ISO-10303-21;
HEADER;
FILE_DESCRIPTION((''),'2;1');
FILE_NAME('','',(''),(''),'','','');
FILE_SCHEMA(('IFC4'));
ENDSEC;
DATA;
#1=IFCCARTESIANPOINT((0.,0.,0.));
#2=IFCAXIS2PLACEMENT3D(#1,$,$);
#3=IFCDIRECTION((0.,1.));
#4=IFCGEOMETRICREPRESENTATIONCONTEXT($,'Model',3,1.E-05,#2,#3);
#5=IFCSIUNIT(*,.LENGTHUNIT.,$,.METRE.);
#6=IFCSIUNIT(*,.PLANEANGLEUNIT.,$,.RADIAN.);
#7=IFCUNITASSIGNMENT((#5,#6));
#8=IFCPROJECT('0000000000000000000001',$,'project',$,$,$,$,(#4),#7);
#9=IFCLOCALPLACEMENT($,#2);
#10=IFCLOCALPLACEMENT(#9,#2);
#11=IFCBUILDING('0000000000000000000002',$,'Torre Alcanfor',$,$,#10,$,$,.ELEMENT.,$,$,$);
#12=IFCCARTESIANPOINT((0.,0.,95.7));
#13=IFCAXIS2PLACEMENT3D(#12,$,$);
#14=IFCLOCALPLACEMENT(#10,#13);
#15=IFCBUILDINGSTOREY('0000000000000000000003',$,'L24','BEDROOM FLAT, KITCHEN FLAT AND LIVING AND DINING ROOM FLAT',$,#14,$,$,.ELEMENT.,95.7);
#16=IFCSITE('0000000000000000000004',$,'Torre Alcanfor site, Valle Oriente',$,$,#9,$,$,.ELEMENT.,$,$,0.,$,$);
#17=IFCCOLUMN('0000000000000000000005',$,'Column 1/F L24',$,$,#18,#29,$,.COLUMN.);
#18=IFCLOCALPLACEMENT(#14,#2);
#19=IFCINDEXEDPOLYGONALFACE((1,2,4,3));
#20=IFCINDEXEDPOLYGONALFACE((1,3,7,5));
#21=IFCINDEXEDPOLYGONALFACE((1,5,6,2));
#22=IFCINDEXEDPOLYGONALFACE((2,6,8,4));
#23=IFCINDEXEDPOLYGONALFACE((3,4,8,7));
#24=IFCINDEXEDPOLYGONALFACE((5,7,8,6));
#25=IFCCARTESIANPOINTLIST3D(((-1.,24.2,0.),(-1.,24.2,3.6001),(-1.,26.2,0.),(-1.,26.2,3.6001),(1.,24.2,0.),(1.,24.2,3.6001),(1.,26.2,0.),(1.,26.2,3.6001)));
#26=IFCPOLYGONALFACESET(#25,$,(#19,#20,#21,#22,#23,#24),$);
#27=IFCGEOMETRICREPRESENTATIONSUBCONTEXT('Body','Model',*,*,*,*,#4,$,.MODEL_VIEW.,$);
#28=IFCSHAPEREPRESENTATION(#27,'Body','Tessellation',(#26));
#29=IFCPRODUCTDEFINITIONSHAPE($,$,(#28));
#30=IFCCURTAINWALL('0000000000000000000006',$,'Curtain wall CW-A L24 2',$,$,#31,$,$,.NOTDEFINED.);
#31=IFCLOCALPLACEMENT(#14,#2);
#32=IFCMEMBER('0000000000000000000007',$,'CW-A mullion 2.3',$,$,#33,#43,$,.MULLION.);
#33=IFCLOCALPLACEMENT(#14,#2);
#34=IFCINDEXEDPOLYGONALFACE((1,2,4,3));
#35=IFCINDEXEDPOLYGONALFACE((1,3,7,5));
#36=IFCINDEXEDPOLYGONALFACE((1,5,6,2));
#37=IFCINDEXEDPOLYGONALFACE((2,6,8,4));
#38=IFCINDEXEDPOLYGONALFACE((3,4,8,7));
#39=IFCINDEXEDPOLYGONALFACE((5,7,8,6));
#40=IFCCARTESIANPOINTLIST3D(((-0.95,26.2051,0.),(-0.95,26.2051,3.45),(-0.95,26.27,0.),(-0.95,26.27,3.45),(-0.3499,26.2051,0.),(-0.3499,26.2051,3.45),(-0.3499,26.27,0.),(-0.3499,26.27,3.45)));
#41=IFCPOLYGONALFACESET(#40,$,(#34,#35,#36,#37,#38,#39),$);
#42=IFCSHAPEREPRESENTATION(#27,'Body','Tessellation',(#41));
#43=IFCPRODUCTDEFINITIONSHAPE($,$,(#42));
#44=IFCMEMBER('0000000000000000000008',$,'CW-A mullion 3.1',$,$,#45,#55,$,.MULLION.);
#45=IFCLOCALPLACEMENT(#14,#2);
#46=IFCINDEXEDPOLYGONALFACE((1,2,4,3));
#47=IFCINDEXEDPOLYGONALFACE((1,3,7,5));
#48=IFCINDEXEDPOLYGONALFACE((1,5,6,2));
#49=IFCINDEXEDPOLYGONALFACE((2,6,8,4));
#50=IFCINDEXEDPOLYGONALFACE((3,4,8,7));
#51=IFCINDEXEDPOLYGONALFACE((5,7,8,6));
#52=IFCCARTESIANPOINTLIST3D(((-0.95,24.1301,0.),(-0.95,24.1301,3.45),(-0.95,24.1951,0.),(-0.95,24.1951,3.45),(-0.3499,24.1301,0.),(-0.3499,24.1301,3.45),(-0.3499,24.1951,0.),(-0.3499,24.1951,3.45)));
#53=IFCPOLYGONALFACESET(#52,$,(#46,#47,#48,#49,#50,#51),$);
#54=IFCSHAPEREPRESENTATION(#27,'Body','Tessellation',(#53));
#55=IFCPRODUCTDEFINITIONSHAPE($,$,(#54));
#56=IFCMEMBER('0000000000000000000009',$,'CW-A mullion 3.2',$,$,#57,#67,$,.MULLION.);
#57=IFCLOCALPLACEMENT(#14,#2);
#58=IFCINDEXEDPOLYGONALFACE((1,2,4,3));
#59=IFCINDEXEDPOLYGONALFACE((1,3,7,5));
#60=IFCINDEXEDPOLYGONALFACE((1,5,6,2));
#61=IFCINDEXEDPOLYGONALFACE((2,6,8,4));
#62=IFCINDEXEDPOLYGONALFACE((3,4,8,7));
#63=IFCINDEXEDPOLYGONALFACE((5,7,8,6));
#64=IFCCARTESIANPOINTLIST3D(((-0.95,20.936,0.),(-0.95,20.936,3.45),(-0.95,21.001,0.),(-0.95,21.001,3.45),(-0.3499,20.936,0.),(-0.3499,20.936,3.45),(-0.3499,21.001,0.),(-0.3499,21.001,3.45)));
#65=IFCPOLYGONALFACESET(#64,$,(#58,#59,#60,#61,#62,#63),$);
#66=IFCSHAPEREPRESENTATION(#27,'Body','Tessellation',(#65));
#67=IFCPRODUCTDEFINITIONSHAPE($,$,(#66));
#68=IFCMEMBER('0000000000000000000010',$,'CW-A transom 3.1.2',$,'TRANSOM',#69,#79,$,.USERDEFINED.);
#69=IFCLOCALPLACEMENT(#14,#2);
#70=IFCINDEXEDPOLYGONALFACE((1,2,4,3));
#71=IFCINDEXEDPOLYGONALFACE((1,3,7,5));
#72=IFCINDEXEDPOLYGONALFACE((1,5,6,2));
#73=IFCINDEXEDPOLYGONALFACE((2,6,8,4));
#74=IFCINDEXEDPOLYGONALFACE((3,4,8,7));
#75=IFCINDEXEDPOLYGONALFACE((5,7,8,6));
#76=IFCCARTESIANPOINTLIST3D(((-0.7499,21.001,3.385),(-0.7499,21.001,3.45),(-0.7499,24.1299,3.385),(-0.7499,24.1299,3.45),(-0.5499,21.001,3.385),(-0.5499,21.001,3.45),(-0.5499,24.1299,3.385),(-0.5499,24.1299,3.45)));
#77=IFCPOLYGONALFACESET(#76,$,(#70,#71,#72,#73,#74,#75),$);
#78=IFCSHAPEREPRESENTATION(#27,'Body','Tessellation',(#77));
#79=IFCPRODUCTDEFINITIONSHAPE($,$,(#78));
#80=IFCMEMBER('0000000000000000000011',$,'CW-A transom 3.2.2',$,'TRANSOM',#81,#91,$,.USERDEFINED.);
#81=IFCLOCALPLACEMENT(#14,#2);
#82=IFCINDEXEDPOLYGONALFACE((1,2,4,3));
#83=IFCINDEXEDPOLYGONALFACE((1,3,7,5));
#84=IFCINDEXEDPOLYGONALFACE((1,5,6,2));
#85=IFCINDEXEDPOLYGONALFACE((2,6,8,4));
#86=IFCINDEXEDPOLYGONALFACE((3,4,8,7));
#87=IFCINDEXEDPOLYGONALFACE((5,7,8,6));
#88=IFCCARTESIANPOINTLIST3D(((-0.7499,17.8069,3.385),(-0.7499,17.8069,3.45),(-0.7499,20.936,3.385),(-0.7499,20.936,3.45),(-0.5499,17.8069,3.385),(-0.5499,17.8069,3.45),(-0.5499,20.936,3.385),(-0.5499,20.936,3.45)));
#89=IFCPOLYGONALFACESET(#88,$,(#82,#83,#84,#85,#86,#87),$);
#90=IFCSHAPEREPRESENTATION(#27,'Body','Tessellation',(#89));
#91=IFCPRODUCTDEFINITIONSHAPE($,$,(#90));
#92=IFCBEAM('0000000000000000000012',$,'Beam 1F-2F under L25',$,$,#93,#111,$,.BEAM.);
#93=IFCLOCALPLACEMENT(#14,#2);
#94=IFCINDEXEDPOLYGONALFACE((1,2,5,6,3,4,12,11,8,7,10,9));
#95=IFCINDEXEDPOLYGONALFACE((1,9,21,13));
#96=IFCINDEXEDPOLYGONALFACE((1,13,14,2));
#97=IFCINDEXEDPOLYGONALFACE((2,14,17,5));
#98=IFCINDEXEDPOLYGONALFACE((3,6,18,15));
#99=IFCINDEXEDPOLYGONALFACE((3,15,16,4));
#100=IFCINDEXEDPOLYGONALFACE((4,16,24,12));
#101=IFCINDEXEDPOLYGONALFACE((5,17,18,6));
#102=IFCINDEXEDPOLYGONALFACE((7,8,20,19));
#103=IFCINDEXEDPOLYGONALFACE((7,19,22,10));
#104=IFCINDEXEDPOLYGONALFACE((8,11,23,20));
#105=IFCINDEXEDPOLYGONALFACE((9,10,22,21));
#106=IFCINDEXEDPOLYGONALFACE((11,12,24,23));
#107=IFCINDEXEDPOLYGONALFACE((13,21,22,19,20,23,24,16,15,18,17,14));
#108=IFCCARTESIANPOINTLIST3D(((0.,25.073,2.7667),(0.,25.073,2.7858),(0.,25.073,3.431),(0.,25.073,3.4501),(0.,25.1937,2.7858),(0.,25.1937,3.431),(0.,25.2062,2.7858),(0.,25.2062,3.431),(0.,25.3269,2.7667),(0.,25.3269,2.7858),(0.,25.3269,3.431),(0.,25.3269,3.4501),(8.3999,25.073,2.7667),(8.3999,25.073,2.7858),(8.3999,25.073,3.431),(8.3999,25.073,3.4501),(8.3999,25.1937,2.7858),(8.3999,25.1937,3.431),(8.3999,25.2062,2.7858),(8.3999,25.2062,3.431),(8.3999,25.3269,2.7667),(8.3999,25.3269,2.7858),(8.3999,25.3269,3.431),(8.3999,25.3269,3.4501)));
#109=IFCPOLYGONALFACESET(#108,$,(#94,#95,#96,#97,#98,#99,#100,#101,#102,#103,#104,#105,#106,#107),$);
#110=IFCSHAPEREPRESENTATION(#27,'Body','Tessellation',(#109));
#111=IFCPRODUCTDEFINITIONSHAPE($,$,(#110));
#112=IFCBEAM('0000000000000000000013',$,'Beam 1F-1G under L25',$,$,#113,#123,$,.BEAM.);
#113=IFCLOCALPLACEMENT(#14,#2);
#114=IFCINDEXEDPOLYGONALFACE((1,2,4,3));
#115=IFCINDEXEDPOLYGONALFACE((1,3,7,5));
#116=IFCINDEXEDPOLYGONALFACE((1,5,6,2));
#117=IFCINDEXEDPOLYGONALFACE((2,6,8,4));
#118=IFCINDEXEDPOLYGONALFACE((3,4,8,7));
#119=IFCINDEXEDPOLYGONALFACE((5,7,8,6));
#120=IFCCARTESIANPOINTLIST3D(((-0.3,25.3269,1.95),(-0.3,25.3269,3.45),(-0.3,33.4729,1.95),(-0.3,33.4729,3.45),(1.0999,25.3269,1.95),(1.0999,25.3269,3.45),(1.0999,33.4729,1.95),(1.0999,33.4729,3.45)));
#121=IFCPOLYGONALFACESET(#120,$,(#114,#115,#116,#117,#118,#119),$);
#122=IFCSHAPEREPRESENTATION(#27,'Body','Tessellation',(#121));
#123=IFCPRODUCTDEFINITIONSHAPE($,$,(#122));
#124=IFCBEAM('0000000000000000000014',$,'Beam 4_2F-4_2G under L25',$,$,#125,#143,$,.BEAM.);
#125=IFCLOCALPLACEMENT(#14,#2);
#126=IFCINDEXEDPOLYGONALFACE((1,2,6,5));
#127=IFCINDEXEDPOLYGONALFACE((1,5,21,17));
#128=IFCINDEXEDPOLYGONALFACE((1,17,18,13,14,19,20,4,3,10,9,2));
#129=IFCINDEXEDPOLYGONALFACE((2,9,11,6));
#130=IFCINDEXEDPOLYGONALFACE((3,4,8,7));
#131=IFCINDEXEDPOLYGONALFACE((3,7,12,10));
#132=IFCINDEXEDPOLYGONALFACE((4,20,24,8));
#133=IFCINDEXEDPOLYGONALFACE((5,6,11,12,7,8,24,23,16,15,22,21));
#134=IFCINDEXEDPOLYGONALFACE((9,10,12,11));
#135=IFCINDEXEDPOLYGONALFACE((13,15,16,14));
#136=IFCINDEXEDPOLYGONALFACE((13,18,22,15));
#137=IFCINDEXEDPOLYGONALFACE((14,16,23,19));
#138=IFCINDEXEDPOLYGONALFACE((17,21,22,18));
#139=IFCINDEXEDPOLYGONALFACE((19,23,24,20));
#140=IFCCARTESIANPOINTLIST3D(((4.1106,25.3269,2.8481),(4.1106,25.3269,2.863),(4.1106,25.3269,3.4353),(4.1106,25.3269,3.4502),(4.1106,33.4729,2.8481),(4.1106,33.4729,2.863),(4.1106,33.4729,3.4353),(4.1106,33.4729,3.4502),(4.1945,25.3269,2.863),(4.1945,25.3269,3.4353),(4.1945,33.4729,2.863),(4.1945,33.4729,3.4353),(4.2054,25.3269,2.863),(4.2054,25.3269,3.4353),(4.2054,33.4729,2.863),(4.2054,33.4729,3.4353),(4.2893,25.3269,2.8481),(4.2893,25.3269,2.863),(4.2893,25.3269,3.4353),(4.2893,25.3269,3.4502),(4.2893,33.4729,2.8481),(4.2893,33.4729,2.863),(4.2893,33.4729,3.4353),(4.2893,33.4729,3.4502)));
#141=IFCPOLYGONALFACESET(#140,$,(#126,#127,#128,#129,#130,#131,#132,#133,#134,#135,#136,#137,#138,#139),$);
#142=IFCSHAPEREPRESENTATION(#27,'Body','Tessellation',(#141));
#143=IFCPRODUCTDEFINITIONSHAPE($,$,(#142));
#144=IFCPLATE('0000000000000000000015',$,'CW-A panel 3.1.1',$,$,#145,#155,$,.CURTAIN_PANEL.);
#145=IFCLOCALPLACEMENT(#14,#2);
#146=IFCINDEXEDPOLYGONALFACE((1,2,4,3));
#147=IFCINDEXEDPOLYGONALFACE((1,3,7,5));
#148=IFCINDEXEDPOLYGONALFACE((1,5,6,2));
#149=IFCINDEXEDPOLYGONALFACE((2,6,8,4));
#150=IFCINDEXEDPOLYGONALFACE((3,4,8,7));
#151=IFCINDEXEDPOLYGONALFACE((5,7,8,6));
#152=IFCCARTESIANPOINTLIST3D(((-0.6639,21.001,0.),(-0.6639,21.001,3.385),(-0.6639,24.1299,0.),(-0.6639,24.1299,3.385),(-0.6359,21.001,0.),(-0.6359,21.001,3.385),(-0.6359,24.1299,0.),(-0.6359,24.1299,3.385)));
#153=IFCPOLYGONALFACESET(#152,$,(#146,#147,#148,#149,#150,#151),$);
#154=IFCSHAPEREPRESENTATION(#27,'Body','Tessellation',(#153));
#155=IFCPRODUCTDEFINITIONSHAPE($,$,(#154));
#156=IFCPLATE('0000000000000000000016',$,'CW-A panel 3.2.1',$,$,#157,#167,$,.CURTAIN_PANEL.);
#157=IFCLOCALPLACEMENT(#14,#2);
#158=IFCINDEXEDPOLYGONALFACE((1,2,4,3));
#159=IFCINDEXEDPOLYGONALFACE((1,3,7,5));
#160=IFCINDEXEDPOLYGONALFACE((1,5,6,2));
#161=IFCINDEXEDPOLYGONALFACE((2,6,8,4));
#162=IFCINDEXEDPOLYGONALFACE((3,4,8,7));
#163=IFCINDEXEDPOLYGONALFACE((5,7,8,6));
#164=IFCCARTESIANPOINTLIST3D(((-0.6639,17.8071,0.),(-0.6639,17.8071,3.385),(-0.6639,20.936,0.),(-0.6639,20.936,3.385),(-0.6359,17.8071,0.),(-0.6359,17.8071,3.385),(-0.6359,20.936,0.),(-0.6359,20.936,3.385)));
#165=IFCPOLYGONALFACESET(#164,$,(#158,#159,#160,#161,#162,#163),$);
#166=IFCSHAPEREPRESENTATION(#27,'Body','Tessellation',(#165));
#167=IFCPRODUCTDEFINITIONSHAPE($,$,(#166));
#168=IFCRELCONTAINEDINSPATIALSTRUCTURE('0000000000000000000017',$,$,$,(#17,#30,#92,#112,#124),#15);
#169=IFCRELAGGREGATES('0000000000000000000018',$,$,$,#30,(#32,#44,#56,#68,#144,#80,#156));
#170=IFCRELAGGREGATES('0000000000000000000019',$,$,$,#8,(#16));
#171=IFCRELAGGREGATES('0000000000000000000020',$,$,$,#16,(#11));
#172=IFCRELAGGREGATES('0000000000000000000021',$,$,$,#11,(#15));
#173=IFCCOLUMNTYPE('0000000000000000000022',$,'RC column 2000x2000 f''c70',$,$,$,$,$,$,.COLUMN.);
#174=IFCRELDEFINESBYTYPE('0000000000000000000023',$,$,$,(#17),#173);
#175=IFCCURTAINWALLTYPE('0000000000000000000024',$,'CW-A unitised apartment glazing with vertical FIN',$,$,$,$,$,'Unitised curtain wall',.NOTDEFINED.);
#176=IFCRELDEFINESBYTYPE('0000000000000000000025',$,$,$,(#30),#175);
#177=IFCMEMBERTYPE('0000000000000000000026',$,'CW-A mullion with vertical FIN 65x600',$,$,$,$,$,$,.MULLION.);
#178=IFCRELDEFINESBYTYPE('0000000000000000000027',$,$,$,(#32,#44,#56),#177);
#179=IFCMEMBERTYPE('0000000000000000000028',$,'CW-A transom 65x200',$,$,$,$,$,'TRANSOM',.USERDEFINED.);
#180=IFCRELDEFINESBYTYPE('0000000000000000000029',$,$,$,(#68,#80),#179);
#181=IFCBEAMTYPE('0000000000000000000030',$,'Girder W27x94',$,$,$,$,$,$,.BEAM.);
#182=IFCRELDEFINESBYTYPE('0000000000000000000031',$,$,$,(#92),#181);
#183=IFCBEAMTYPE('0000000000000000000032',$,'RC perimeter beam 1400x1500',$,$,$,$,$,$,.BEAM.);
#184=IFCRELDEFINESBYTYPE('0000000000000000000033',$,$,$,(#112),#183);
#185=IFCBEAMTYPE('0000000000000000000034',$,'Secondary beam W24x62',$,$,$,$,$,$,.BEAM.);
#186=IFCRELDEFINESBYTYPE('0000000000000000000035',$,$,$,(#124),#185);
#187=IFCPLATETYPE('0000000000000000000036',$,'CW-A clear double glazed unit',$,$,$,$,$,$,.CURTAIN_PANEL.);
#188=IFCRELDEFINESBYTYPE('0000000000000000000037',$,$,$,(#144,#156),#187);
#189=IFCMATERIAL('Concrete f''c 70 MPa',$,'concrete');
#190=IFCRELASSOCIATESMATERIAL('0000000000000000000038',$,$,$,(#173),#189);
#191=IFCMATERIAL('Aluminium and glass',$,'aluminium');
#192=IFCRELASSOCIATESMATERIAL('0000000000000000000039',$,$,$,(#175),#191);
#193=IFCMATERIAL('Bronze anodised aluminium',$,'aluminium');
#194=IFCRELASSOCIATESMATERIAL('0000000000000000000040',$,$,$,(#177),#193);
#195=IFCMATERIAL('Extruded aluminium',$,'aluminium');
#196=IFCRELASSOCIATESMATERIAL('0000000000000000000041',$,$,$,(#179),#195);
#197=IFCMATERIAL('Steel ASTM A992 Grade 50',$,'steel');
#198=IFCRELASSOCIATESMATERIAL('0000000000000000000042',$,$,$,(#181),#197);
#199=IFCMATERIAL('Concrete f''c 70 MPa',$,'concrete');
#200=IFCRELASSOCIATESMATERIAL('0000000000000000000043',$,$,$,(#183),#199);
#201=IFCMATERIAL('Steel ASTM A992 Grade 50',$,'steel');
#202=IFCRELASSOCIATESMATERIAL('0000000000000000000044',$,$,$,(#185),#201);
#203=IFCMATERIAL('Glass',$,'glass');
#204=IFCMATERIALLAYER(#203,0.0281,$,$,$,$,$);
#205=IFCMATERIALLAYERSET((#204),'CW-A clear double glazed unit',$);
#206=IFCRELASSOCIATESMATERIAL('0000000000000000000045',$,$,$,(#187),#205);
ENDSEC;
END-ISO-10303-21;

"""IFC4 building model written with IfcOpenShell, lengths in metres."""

from ifc_helpers import new_model, si_unit, direction, frame, origin, origin_2d, place, context, subcontext, project, spatial, rectangle, i_section, extrude, material, layer, layer_set, material_profile, profile_set, type_object, element, aggregate, save


model = new_model("IFC4")

# Units and contexts
model_context = context("Model", 3, precision=1e-05, world=origin(), true_north=direction((0.0, 1.0)))
body_context = subcontext(model_context, "Body", "Model", "MODEL_VIEW")
ifc_project = project(units=[si_unit("LENGTHUNIT", "METRE"), si_unit("PLANEANGLEUNIT", "RADIAN")], contexts=[model_context])

# Site, building, storey
site_placement = place(None, origin())
site = spatial("IfcSite", under=ifc_project, at=site_placement, Name="Torre Alcanfor site, Valle Oriente", CompositionType="ELEMENT", RefElevation=0.0)
building_placement = place(site_placement, origin())
building = spatial("IfcBuilding", under=site, at=building_placement, Name="Torre Alcanfor", CompositionType="ELEMENT")
storey_placement = place(building_placement, frame((0.0, 0.0, 95.7)))
storey = spatial("IfcBuildingStorey", under=building, at=storey_placement, Name="L24", Description="BEDROOM FLAT, KITCHEN FLAT AND LIVING AND DINING ROOM FLAT", CompositionType="ELEMENT", Elevation=95.7)

# Column
ifc_material_1 = material(Name="Concrete f'c 70 MPa", Category="concrete")
ifc_material_profile_1 = material_profile(ifc_material_1, rectangle(XDim=2.0, YDim=2.0, at=origin_2d()), Name="2000x2000")
ifc_profile_set_1 = profile_set([ifc_material_profile_1], Name="Concrete f'c 70 MPa")
column_type = type_object("IfcColumnType", Name="RC column 2000x2000 f'c70", PredefinedType="COLUMN", material=ifc_profile_set_1)
column_placement = place(storey_placement, frame((0.0, 25.2, 0.0), z_axis=(0.0, 0.0, 1.0), x_axis=(1.0, 0.0, 0.0)))
element("IfcColumn", 1, at=column_placement, inside=storey, type_object=column_type, Name="Column 1/F L24", PredefinedType="COLUMN", context=body_context, shape_type="SweptSolid", body=[
    extrude(rectangle(XDim=2.0, YDim=2.0, at=origin_2d()), origin(), (0.0, 0.0, 1.0), 3.6001),
])

# Curtain wall, members
ifc_material_2 = material(Name="Aluminium and glass", Category="aluminium")
curtain_wall_type = type_object("IfcCurtainWallType", Name="CW-A unitised apartment glazing with vertical FIN", ElementType="Unitised curtain wall", PredefinedType="NOTDEFINED", material=ifc_material_2)
curtain_wall_placement = place(storey_placement, origin())
curtain_wall = element("IfcCurtainWall", 2, at=curtain_wall_placement, inside=storey, type_object=curtain_wall_type, Name="Curtain wall CW-A L24 2", PredefinedType="NOTDEFINED")
ifc_material_3 = material(Name="Bronze anodised aluminium", Category="aluminium")
ifc_material_profile_2 = material_profile(ifc_material_3, rectangle(XDim=0.6001, YDim=0.0649, at=origin_2d()), Name="CW-A mullion 65x600")
ifc_profile_set_2 = profile_set([ifc_material_profile_2], Name="Bronze anodised aluminium")
member_type_1 = type_object("IfcMemberType", Name="CW-A mullion with vertical FIN 65x600", PredefinedType="MULLION", material=ifc_profile_set_2)
member_1_placement = place(storey_placement, frame((-0.6499, 26.2375, 0.0), z_axis=(0.0, 0.0, 1.0), x_axis=(1.0, 0.0, 0.0)))
member_1 = element("IfcMember", 3, at=member_1_placement, type_object=member_type_1, Name="CW-A mullion 2.3", PredefinedType="MULLION", context=body_context, shape_type="SweptSolid", body=[
    extrude(rectangle(XDim=0.6001, YDim=0.0649, at=origin_2d()), origin(), (0.0, 0.0, 1.0), 3.45),
])
member_2_placement = place(storey_placement, frame((-0.6499, 24.1626, 0.0), z_axis=(0.0, 0.0, 1.0), x_axis=(1.0, 0.0, 0.0)))
member_2 = element("IfcMember", 4, at=member_2_placement, type_object=member_type_1, Name="CW-A mullion 3.1", PredefinedType="MULLION", context=body_context, shape_type="SweptSolid", body=[
    extrude(rectangle(XDim=0.6001, YDim=0.0649, at=origin_2d()), origin(), (0.0, 0.0, 1.0), 3.45),
])
member_3_placement = place(storey_placement, frame((-0.6499, 20.9685, 0.0), z_axis=(0.0, 0.0, 1.0), x_axis=(1.0, 0.0, 0.0)))
member_3 = element("IfcMember", 5, at=member_3_placement, type_object=member_type_1, Name="CW-A mullion 3.2", PredefinedType="MULLION", context=body_context, shape_type="SweptSolid", body=[
    extrude(rectangle(XDim=0.6001, YDim=0.0649, at=origin_2d()), origin(), (0.0, 0.0, 1.0), 3.45),
])
ifc_material_4 = material(Name="Extruded aluminium", Category="aluminium")
ifc_material_profile_3 = material_profile(ifc_material_4, rectangle(XDim=0.2, YDim=0.0649, at=origin_2d()), Name="CW-A transom 200x65")
ifc_profile_set_3 = profile_set([ifc_material_profile_3], Name="Extruded aluminium")
member_type_2 = type_object("IfcMemberType", Name="CW-A transom 65x200", ElementType="TRANSOM", PredefinedType="USERDEFINED", material=ifc_profile_set_3)
member_4_placement = place(storey_placement, frame((-0.6499, 24.1299, 3.4175), z_axis=(0.0, -1.0, 0.0), x_axis=(1.0, 0.0, 0.0)))
member_4 = element("IfcMember", 6, at=member_4_placement, type_object=member_type_2, Name="CW-A transom 3.1.2", ObjectType="TRANSOM", PredefinedType="USERDEFINED", context=body_context, shape_type="SweptSolid", body=[
    extrude(rectangle(XDim=0.2, YDim=0.0649, at=origin_2d()), origin(), (0.0, 0.0, 1.0), 3.1289),
])
member_5_placement = place(storey_placement, frame((-0.6499, 20.936, 3.4175), z_axis=(0.0, -1.0, 0.0), x_axis=(1.0, 0.0, 0.0)))
member_5 = element("IfcMember", 7, at=member_5_placement, type_object=member_type_2, Name="CW-A transom 3.2.2", ObjectType="TRANSOM", PredefinedType="USERDEFINED", context=body_context, shape_type="SweptSolid", body=[
    extrude(rectangle(XDim=0.2, YDim=0.0649, at=origin_2d()), origin(), (0.0, 0.0, 1.0), 3.1292),
])

# Beams
ifc_material_5 = material(Name="Steel ASTM A992 Grade 50", Category="steel")
ifc_material_profile_4 = material_profile(ifc_material_5, i_section(OverallWidth=0.2539, OverallDepth=0.6833, WebThickness=0.0125, FlangeThickness=0.019, at=origin_2d()), Name="W27x94")
ifc_profile_set_4 = profile_set([ifc_material_profile_4], Name="Steel ASTM A992 Grade 50")
beam_type_1 = type_object("IfcBeamType", Name="Girder W27x94", PredefinedType="BEAM", material=ifc_profile_set_4)
beam_1_placement = place(storey_placement, frame((0.0, 25.2, 3.1084), z_axis=(1.0, 0.0, 0.0), x_axis=(0.0, 1.0, 0.0)))
element("IfcBeam", 8, at=beam_1_placement, inside=storey, type_object=beam_type_1, Name="Beam 1F-2F under L25", PredefinedType="BEAM", context=body_context, shape_type="SweptSolid", body=[
    extrude(i_section(OverallWidth=0.2539, OverallDepth=0.6833, WebThickness=0.0125, FlangeThickness=0.019, at=origin_2d()), origin(), (0.0, 0.0, 1.0), 8.3999),
])
ifc_material_6 = material(Name="Concrete f'c 70 MPa", Category="concrete")
ifc_material_profile_5 = material_profile(ifc_material_6, rectangle(XDim=1.3999, YDim=1.5, at=origin_2d()), Name="1400x1500")
ifc_profile_set_5 = profile_set([ifc_material_profile_5], Name="Concrete f'c 70 MPa")
beam_type_2 = type_object("IfcBeamType", Name="RC perimeter beam 1400x1500", PredefinedType="BEAM", material=ifc_profile_set_5)
beam_2_placement = place(storey_placement, frame((0.3999, 25.3269, 2.7), z_axis=(0.0, 1.0, 0.0), x_axis=(-1.0, 0.0, 0.0)))
element("IfcBeam", 9, at=beam_2_placement, inside=storey, type_object=beam_type_2, Name="Beam 1F-1G under L25", PredefinedType="BEAM", context=body_context, shape_type="SweptSolid", body=[
    extrude(rectangle(XDim=1.3999, YDim=1.5, at=origin_2d()), origin(), (0.0, 0.0, 1.0), 8.146),
])
ifc_material_7 = material(Name="Steel ASTM A992 Grade 50", Category="steel")
ifc_material_profile_6 = material_profile(ifc_material_7, i_section(OverallWidth=0.1787, OverallDepth=0.6021, WebThickness=0.011, FlangeThickness=0.0149, at=origin_2d()), Name="W24x62")
ifc_profile_set_6 = profile_set([ifc_material_profile_6], Name="Steel ASTM A992 Grade 50")
beam_type_3 = type_object("IfcBeamType", Name="Secondary beam W24x62", PredefinedType="BEAM", material=ifc_profile_set_6)
beam_3_placement = place(storey_placement, frame((4.2, 25.3269, 3.1492), z_axis=(0.0, 1.0, 0.0), x_axis=(-1.0, 0.0, 0.0)))
element("IfcBeam", 10, at=beam_3_placement, inside=storey, type_object=beam_type_3, Name="Beam 4_2F-4_2G under L25", PredefinedType="BEAM", context=body_context, shape_type="SweptSolid", body=[
    extrude(i_section(OverallWidth=0.1787, OverallDepth=0.6021, WebThickness=0.011, FlangeThickness=0.0149, at=origin_2d()), origin(), (0.0, 0.0, 1.0), 8.146),
])

# Plates
ifc_material_8 = material(Name="Glass", Category="glass")
ifc_layer_1 = layer(ifc_material_8, 0.0281)
ifc_layer_set_1 = layer_set([ifc_layer_1], Name="CW-A clear double glazed unit")
plate_type = type_object("IfcPlateType", Name="CW-A clear double glazed unit", PredefinedType="CURTAIN_PANEL", material=ifc_layer_set_1)
plate_1_placement = place(storey_placement, frame((-0.6499, 22.5654, 0.0), z_axis=(0.0, 0.0, 1.0), x_axis=(0.0, -1.0, 0.0)))
plate_1 = element("IfcPlate", 11, at=plate_1_placement, type_object=plate_type, Name="CW-A panel 3.1.1", PredefinedType="CURTAIN_PANEL", context=body_context, shape_type="SweptSolid", body=[
    extrude(rectangle(XDim=3.1289, YDim=0.0281, at=origin_2d()), origin(), (0.0, 0.0, 1.0), 3.385),
])
plate_2_placement = place(storey_placement, frame((-0.6499, 19.3716, 0.0), z_axis=(0.0, 0.0, 1.0), x_axis=(0.0, -1.0, 0.0)))
plate_2 = element("IfcPlate", 12, at=plate_2_placement, type_object=plate_type, Name="CW-A panel 3.2.1", PredefinedType="CURTAIN_PANEL", context=body_context, shape_type="SweptSolid", body=[
    extrude(rectangle(XDim=3.1289, YDim=0.0281, at=origin_2d()), origin(), (0.0, 0.0, 1.0), 3.385),
])
aggregate(curtain_wall, [member_1, member_2, member_3, member_4, plate_1, member_5, plate_2])

save(model, "model.ifc")
